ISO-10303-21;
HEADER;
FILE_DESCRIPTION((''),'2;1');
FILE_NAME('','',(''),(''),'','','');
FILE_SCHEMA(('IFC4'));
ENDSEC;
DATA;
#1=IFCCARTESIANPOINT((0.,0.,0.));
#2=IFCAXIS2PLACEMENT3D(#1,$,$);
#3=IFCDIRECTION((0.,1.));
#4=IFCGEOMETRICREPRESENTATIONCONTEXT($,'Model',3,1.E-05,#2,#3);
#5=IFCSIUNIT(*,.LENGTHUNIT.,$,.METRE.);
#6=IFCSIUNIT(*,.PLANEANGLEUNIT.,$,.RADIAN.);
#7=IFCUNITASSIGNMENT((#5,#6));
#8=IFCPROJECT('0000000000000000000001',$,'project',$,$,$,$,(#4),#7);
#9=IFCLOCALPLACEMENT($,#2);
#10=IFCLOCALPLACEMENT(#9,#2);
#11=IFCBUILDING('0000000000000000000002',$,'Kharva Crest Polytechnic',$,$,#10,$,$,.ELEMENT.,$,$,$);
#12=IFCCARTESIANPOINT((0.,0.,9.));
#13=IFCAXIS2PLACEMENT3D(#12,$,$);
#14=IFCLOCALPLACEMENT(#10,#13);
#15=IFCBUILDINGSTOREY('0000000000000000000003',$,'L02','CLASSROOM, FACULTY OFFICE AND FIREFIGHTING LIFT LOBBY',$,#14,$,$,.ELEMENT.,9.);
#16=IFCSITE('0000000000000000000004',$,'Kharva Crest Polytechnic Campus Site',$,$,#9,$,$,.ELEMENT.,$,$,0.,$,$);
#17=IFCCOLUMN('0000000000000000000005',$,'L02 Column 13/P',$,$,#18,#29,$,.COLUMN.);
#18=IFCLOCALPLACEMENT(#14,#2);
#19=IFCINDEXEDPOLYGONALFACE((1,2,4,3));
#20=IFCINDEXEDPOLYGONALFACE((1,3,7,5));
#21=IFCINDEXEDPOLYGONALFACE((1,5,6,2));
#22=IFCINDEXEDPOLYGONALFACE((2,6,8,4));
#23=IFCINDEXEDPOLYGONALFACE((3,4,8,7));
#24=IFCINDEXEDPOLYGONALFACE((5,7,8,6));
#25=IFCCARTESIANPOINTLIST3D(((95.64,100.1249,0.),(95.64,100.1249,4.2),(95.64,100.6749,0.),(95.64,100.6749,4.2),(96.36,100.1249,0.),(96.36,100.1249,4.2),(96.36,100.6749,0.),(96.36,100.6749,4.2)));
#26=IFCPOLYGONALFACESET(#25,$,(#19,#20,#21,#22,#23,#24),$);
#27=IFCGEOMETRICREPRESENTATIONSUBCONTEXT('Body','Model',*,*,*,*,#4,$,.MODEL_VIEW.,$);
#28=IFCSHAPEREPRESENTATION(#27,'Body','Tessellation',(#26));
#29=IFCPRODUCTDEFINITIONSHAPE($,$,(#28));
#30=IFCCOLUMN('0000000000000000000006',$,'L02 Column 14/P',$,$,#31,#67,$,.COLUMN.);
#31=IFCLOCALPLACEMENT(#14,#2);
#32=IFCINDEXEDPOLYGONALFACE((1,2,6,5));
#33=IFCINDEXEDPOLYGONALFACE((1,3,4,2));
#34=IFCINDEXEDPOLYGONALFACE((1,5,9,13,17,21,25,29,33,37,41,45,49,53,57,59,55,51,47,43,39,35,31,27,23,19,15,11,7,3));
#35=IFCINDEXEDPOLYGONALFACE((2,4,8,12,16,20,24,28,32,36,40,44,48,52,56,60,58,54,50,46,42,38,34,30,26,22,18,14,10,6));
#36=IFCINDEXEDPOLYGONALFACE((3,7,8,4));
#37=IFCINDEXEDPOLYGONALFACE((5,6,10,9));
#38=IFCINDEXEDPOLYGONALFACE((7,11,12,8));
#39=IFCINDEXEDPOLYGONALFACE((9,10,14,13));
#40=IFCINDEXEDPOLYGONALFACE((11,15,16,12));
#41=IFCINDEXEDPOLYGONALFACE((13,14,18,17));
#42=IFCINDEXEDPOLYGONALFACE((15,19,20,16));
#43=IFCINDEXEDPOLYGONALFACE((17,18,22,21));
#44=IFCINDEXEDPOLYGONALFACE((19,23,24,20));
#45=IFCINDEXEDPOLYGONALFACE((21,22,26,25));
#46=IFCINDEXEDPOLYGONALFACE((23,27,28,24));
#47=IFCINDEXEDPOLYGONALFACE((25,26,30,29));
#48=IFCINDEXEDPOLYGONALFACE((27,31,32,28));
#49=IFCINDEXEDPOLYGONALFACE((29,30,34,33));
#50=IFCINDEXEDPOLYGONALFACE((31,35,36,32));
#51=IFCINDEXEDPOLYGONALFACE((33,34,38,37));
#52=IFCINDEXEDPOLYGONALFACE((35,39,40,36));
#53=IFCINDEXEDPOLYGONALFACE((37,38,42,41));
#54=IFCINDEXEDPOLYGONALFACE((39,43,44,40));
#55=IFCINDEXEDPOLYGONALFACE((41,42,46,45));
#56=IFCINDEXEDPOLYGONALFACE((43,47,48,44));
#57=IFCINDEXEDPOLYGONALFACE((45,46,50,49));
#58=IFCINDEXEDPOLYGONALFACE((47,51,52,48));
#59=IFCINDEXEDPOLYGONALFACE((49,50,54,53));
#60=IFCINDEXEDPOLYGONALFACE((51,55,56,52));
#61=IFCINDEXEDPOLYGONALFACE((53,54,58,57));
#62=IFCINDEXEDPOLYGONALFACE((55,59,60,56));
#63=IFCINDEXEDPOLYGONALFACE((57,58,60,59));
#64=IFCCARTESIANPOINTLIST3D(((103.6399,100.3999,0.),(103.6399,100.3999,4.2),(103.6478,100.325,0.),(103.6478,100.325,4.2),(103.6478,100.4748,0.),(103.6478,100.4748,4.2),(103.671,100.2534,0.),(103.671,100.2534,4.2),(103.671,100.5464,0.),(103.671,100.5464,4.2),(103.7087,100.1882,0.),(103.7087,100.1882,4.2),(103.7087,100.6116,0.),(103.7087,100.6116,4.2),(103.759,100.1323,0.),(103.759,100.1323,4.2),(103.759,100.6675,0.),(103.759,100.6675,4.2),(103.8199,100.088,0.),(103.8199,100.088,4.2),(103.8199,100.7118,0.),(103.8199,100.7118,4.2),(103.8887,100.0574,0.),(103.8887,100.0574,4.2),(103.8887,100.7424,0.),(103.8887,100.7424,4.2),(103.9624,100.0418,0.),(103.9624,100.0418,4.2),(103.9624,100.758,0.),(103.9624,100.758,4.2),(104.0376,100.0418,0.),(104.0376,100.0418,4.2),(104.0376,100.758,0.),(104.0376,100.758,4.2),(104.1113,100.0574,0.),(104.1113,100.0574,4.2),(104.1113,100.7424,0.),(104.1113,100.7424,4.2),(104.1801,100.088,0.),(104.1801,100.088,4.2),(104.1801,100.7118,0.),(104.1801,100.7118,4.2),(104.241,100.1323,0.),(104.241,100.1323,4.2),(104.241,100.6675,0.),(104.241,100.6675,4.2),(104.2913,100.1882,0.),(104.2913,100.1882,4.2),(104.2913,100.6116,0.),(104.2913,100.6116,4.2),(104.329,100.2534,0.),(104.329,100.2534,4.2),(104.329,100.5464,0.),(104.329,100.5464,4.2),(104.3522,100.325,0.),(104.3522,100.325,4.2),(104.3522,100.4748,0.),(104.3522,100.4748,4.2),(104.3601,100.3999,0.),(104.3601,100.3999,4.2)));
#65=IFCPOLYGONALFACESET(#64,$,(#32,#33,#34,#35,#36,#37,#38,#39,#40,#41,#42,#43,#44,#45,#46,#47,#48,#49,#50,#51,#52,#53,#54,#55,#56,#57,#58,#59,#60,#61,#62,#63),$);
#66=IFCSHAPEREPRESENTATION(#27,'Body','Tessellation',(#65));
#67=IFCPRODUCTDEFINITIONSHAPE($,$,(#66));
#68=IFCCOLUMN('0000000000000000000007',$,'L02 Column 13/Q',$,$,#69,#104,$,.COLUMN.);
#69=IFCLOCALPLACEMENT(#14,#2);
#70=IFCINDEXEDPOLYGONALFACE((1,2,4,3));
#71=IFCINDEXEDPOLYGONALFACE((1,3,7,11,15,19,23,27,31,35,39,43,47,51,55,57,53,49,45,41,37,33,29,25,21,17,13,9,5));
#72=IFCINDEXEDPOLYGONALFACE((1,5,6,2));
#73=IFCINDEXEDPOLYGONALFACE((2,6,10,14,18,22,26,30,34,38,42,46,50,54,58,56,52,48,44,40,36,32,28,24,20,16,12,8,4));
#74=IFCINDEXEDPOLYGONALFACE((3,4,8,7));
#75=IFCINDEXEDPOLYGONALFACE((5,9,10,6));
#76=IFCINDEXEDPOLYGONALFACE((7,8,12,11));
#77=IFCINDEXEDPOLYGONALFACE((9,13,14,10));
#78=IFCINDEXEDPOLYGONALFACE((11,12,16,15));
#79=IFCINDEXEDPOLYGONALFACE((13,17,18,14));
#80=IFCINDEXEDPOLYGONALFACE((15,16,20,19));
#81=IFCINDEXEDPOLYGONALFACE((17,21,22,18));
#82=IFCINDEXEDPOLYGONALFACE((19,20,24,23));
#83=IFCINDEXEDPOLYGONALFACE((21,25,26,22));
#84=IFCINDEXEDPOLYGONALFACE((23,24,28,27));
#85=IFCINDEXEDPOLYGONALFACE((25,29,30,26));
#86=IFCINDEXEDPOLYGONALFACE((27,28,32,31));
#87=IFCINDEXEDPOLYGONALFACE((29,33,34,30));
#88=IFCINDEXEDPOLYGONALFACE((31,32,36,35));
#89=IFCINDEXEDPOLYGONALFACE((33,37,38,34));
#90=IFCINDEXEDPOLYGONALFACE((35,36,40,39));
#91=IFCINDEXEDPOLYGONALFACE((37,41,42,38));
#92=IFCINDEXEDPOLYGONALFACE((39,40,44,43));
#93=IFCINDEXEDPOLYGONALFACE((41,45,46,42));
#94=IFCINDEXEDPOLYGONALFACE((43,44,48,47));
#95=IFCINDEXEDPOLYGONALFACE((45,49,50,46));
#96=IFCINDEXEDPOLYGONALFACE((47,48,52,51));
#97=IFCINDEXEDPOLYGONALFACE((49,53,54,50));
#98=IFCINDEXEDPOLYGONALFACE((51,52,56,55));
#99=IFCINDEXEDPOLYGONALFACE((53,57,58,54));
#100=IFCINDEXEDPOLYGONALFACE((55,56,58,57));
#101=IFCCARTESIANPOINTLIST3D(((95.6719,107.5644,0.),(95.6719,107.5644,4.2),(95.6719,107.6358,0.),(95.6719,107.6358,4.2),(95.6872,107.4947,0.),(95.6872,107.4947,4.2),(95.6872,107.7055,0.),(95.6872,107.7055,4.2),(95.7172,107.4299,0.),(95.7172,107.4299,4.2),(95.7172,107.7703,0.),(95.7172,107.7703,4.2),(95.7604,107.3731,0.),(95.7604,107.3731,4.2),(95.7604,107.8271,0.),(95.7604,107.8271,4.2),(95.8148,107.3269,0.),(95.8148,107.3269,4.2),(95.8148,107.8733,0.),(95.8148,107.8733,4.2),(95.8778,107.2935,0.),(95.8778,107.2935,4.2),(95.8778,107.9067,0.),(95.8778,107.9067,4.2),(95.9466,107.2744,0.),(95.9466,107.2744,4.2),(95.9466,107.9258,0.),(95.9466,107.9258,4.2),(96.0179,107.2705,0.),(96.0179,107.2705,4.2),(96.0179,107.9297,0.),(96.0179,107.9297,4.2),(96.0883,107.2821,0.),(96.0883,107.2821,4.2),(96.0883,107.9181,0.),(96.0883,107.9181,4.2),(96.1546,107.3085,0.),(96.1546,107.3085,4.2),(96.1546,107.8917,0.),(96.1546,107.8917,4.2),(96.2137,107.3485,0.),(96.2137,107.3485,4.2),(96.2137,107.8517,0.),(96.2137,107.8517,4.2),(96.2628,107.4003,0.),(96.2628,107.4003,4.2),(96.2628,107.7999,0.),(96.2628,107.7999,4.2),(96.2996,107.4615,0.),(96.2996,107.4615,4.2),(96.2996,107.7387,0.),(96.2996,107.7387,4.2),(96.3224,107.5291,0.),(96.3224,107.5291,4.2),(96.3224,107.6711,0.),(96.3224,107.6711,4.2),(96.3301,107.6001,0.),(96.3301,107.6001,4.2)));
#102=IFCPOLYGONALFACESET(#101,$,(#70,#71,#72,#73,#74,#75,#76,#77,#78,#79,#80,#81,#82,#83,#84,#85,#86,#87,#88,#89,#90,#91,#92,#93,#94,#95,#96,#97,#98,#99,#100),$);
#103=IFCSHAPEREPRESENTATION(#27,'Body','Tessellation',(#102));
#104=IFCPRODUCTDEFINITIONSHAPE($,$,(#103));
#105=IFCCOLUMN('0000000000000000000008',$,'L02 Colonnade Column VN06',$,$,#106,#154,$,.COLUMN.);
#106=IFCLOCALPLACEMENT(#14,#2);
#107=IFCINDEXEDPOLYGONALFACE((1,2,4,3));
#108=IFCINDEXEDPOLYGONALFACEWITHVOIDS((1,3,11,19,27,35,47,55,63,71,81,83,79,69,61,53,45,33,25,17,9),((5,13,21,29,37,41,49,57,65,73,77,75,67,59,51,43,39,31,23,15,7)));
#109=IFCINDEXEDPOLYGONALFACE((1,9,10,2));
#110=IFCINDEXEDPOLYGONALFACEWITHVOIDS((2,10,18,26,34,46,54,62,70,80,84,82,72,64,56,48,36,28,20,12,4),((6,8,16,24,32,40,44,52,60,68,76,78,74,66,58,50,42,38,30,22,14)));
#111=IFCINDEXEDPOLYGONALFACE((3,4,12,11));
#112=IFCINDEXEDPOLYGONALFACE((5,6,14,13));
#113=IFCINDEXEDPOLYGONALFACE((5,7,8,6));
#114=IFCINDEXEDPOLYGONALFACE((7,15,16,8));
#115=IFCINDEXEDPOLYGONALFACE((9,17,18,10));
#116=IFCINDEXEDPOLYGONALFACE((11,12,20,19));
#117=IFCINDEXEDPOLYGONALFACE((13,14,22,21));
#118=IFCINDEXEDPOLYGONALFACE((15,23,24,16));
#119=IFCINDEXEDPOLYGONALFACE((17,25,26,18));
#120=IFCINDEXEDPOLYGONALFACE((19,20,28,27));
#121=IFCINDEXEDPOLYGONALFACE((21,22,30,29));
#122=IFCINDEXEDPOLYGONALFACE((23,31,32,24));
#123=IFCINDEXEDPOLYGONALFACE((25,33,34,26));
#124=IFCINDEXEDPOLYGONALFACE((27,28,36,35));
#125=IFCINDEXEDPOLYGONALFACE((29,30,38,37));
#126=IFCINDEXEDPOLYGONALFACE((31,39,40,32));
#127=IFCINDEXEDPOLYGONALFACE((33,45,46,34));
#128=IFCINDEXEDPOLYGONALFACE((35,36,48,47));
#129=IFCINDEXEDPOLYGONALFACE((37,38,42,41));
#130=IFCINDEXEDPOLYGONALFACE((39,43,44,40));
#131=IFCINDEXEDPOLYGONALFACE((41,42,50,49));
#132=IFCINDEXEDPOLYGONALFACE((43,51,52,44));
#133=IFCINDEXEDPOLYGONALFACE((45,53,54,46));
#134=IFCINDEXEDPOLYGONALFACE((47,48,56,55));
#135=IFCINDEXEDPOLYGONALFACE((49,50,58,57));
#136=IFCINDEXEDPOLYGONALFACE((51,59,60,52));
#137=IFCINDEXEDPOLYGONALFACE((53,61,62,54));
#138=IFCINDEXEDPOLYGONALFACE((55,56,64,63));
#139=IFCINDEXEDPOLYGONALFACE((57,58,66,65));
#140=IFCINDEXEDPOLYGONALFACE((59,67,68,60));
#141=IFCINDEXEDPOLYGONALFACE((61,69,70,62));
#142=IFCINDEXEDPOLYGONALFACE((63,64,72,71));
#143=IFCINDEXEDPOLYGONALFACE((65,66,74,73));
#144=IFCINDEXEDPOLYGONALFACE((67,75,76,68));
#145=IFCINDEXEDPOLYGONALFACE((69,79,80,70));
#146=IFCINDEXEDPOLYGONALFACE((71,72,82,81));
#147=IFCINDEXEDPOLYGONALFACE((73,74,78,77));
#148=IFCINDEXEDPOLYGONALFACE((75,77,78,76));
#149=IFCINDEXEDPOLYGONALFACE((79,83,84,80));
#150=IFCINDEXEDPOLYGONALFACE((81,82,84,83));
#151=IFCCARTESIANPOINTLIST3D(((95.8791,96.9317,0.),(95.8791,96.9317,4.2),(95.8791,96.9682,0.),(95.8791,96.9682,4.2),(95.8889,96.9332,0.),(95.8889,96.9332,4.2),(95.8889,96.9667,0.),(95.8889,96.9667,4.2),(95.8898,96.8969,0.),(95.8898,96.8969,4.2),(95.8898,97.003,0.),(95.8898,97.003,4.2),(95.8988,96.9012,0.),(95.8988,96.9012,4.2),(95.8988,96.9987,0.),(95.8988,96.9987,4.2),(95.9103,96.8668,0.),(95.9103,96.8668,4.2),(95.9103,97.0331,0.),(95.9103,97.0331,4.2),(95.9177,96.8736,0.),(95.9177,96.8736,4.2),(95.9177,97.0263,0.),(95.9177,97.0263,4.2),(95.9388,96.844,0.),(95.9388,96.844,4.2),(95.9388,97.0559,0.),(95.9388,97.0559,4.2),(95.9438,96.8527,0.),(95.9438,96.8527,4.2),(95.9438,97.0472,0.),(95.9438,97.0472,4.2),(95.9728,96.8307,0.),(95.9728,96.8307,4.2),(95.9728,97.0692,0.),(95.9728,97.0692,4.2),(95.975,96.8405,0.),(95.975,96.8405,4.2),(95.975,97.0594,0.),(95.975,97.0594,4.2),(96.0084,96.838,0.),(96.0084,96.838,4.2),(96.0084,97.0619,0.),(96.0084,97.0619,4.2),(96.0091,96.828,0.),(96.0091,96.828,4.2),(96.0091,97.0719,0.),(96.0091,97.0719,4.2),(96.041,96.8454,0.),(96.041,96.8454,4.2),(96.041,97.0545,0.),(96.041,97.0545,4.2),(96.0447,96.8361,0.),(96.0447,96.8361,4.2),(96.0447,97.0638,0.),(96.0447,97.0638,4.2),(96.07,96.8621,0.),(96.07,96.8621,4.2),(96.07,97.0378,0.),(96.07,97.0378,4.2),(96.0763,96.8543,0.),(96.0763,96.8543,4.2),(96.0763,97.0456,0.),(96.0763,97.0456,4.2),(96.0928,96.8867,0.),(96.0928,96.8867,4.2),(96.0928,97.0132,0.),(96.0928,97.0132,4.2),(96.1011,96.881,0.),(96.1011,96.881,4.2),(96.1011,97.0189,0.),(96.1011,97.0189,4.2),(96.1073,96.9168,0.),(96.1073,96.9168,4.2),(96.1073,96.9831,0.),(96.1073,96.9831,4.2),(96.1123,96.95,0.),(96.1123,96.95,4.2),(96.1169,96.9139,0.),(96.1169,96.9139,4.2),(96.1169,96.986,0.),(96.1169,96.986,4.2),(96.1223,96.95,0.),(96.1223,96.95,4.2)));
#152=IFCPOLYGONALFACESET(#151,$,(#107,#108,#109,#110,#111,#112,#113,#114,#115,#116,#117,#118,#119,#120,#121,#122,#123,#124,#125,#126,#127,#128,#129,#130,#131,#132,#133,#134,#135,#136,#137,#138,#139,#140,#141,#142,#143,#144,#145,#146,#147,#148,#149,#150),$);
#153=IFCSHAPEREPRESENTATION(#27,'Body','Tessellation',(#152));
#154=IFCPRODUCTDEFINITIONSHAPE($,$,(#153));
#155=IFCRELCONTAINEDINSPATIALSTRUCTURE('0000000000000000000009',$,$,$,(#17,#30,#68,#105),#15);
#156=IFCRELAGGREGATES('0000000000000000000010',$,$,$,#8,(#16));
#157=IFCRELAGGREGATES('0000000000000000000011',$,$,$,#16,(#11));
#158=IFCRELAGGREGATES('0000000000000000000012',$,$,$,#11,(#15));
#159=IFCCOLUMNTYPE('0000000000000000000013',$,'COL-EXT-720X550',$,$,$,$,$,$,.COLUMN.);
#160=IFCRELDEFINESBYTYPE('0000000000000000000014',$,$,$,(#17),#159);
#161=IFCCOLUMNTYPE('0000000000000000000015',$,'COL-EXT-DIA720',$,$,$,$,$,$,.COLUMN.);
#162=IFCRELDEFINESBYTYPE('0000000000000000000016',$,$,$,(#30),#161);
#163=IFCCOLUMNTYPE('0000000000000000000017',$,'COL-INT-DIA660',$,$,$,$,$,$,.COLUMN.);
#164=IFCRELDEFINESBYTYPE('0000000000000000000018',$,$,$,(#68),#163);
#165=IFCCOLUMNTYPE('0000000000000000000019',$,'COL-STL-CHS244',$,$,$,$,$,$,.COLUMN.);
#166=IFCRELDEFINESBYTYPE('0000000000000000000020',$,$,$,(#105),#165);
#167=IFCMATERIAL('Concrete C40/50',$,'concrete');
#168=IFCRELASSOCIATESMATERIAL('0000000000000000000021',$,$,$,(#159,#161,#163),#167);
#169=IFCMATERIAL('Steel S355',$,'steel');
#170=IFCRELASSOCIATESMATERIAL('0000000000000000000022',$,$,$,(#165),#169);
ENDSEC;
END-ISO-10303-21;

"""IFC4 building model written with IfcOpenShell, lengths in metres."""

from ifc_helpers import new_model, si_unit, direction, frame, origin, origin_2d, place, context, subcontext, project, spatial, rectangle, circle, hollow_circle, extrude, material, material_profile, profile_set, type_object, element, save


model = new_model("IFC4")

# Units and contexts
model_context = context("Model", 3, precision=1e-05, world=origin(), true_north=direction((0.0, 1.0)))
body_context = subcontext(model_context, "Body", "Model", "MODEL_VIEW")
ifc_project = project(units=[si_unit("LENGTHUNIT", "METRE"), si_unit("PLANEANGLEUNIT", "RADIAN")], contexts=[model_context])

# Site, building, storey
site_placement = place(None, origin())
site = spatial("IfcSite", under=ifc_project, at=site_placement, Name="Kharva Crest Polytechnic Campus Site", CompositionType="ELEMENT", RefElevation=0.0)
building_placement = place(site_placement, origin())
building = spatial("IfcBuilding", under=site, at=building_placement, Name="Kharva Crest Polytechnic", CompositionType="ELEMENT")
storey_placement = place(building_placement, frame((0.0, 0.0, 9.0)))
storey = spatial("IfcBuildingStorey", under=building, at=storey_placement, Name="L02", Description="CLASSROOM, FACULTY OFFICE AND FIREFIGHTING LIFT LOBBY", CompositionType="ELEMENT", Elevation=9.0)

# Columns
ifc_material_1 = material(Name="Concrete C40/50", Category="concrete")
ifc_material_profile_1 = material_profile(ifc_material_1, rectangle(XDim=0.72, YDim=0.55, at=origin_2d()), Name="RECT 720 X 550")
ifc_profile_set_1 = profile_set([ifc_material_profile_1], Name="Concrete C40/50")
column_type_1 = type_object("IfcColumnType", Name="COL-EXT-720X550", PredefinedType="COLUMN", material=ifc_profile_set_1)
column_1_placement = place(storey_placement, frame((96.0, 100.3999, 0.0), z_axis=(0.0, 0.0, 1.0), x_axis=(1.0, 0.0, 0.0)))
element("IfcColumn", 1, at=column_1_placement, inside=storey, type_object=column_type_1, Name="L02 Column 13/P", PredefinedType="COLUMN", context=body_context, shape_type="SweptSolid", body=[
    extrude(rectangle(XDim=0.72, YDim=0.55, at=origin_2d()), origin(), (0.0, 0.0, 1.0), 4.2),
])
ifc_material_profile_2 = material_profile(ifc_material_1, circle(Radius=0.3601, at=origin_2d()), Name="DIA 720")
ifc_profile_set_2 = profile_set([ifc_material_profile_2], Name="Concrete C40/50")
column_type_2 = type_object("IfcColumnType", Name="COL-EXT-DIA720", PredefinedType="COLUMN", material=ifc_profile_set_2)
column_2_placement = place(storey_placement, frame((104.0, 100.3999, 0.0), z_axis=(0.0, 0.0, 1.0), x_axis=(1.0, 0.0, 0.0)))
element("IfcColumn", 2, at=column_2_placement, inside=storey, type_object=column_type_2, Name="L02 Column 14/P", PredefinedType="COLUMN", context=body_context, shape_type="SweptSolid", body=[
    extrude(circle(Radius=0.3601, at=origin_2d()), origin(), (0.0, 0.0, 1.0), 4.2),
])
ifc_material_profile_3 = material_profile(ifc_material_1, circle(Radius=0.3301, at=origin_2d()), Name="DIA 660")
ifc_profile_set_3 = profile_set([ifc_material_profile_3], Name="Concrete C40/50")
column_type_3 = type_object("IfcColumnType", Name="COL-INT-DIA660", PredefinedType="COLUMN", material=ifc_profile_set_3)
column_3_placement = place(storey_placement, frame((96.0, 107.6001, 0.0), z_axis=(0.0, 0.0, 1.0), x_axis=(1.0, 0.0, 0.0)))
element("IfcColumn", 3, at=column_3_placement, inside=storey, type_object=column_type_3, Name="L02 Column 13/Q", PredefinedType="COLUMN", context=body_context, shape_type="SweptSolid", body=[
    extrude(circle(Radius=0.3301, at=origin_2d()), origin(), (0.0, 0.0, 1.0), 4.2),
])
ifc_material_2 = material(Name="Steel S355", Category="steel")
ifc_material_profile_4 = material_profile(ifc_material_2, hollow_circle(Radius=0.1223, WallThickness=0.01, at=origin_2d()), Name="CHS 244.5X10.0")
ifc_profile_set_4 = profile_set([ifc_material_profile_4], Name="Steel S355")
column_type_4 = type_object("IfcColumnType", Name="COL-STL-CHS244", PredefinedType="COLUMN", material=ifc_profile_set_4)
for number, where, z_axis, x_axis, name in (
    (4, (96.0, 96.95, 0.0), (0.0, 0.0, 1.0), (1.0, 0.0, 0.0), "L02 Colonnade Column VN06"),
):
    element("IfcColumn", number, at=place(storey_placement, frame(where, z_axis=z_axis, x_axis=x_axis)), inside=storey, type_object=column_type_4, Name=name, PredefinedType="COLUMN", context=body_context, shape_type="SweptSolid", body=[
        extrude(hollow_circle(Radius=0.1223, WallThickness=0.01, at=origin_2d()), origin(), (0.0, 0.0, 1.0), 4.2),
    ])

save(model, "model.ifc")
